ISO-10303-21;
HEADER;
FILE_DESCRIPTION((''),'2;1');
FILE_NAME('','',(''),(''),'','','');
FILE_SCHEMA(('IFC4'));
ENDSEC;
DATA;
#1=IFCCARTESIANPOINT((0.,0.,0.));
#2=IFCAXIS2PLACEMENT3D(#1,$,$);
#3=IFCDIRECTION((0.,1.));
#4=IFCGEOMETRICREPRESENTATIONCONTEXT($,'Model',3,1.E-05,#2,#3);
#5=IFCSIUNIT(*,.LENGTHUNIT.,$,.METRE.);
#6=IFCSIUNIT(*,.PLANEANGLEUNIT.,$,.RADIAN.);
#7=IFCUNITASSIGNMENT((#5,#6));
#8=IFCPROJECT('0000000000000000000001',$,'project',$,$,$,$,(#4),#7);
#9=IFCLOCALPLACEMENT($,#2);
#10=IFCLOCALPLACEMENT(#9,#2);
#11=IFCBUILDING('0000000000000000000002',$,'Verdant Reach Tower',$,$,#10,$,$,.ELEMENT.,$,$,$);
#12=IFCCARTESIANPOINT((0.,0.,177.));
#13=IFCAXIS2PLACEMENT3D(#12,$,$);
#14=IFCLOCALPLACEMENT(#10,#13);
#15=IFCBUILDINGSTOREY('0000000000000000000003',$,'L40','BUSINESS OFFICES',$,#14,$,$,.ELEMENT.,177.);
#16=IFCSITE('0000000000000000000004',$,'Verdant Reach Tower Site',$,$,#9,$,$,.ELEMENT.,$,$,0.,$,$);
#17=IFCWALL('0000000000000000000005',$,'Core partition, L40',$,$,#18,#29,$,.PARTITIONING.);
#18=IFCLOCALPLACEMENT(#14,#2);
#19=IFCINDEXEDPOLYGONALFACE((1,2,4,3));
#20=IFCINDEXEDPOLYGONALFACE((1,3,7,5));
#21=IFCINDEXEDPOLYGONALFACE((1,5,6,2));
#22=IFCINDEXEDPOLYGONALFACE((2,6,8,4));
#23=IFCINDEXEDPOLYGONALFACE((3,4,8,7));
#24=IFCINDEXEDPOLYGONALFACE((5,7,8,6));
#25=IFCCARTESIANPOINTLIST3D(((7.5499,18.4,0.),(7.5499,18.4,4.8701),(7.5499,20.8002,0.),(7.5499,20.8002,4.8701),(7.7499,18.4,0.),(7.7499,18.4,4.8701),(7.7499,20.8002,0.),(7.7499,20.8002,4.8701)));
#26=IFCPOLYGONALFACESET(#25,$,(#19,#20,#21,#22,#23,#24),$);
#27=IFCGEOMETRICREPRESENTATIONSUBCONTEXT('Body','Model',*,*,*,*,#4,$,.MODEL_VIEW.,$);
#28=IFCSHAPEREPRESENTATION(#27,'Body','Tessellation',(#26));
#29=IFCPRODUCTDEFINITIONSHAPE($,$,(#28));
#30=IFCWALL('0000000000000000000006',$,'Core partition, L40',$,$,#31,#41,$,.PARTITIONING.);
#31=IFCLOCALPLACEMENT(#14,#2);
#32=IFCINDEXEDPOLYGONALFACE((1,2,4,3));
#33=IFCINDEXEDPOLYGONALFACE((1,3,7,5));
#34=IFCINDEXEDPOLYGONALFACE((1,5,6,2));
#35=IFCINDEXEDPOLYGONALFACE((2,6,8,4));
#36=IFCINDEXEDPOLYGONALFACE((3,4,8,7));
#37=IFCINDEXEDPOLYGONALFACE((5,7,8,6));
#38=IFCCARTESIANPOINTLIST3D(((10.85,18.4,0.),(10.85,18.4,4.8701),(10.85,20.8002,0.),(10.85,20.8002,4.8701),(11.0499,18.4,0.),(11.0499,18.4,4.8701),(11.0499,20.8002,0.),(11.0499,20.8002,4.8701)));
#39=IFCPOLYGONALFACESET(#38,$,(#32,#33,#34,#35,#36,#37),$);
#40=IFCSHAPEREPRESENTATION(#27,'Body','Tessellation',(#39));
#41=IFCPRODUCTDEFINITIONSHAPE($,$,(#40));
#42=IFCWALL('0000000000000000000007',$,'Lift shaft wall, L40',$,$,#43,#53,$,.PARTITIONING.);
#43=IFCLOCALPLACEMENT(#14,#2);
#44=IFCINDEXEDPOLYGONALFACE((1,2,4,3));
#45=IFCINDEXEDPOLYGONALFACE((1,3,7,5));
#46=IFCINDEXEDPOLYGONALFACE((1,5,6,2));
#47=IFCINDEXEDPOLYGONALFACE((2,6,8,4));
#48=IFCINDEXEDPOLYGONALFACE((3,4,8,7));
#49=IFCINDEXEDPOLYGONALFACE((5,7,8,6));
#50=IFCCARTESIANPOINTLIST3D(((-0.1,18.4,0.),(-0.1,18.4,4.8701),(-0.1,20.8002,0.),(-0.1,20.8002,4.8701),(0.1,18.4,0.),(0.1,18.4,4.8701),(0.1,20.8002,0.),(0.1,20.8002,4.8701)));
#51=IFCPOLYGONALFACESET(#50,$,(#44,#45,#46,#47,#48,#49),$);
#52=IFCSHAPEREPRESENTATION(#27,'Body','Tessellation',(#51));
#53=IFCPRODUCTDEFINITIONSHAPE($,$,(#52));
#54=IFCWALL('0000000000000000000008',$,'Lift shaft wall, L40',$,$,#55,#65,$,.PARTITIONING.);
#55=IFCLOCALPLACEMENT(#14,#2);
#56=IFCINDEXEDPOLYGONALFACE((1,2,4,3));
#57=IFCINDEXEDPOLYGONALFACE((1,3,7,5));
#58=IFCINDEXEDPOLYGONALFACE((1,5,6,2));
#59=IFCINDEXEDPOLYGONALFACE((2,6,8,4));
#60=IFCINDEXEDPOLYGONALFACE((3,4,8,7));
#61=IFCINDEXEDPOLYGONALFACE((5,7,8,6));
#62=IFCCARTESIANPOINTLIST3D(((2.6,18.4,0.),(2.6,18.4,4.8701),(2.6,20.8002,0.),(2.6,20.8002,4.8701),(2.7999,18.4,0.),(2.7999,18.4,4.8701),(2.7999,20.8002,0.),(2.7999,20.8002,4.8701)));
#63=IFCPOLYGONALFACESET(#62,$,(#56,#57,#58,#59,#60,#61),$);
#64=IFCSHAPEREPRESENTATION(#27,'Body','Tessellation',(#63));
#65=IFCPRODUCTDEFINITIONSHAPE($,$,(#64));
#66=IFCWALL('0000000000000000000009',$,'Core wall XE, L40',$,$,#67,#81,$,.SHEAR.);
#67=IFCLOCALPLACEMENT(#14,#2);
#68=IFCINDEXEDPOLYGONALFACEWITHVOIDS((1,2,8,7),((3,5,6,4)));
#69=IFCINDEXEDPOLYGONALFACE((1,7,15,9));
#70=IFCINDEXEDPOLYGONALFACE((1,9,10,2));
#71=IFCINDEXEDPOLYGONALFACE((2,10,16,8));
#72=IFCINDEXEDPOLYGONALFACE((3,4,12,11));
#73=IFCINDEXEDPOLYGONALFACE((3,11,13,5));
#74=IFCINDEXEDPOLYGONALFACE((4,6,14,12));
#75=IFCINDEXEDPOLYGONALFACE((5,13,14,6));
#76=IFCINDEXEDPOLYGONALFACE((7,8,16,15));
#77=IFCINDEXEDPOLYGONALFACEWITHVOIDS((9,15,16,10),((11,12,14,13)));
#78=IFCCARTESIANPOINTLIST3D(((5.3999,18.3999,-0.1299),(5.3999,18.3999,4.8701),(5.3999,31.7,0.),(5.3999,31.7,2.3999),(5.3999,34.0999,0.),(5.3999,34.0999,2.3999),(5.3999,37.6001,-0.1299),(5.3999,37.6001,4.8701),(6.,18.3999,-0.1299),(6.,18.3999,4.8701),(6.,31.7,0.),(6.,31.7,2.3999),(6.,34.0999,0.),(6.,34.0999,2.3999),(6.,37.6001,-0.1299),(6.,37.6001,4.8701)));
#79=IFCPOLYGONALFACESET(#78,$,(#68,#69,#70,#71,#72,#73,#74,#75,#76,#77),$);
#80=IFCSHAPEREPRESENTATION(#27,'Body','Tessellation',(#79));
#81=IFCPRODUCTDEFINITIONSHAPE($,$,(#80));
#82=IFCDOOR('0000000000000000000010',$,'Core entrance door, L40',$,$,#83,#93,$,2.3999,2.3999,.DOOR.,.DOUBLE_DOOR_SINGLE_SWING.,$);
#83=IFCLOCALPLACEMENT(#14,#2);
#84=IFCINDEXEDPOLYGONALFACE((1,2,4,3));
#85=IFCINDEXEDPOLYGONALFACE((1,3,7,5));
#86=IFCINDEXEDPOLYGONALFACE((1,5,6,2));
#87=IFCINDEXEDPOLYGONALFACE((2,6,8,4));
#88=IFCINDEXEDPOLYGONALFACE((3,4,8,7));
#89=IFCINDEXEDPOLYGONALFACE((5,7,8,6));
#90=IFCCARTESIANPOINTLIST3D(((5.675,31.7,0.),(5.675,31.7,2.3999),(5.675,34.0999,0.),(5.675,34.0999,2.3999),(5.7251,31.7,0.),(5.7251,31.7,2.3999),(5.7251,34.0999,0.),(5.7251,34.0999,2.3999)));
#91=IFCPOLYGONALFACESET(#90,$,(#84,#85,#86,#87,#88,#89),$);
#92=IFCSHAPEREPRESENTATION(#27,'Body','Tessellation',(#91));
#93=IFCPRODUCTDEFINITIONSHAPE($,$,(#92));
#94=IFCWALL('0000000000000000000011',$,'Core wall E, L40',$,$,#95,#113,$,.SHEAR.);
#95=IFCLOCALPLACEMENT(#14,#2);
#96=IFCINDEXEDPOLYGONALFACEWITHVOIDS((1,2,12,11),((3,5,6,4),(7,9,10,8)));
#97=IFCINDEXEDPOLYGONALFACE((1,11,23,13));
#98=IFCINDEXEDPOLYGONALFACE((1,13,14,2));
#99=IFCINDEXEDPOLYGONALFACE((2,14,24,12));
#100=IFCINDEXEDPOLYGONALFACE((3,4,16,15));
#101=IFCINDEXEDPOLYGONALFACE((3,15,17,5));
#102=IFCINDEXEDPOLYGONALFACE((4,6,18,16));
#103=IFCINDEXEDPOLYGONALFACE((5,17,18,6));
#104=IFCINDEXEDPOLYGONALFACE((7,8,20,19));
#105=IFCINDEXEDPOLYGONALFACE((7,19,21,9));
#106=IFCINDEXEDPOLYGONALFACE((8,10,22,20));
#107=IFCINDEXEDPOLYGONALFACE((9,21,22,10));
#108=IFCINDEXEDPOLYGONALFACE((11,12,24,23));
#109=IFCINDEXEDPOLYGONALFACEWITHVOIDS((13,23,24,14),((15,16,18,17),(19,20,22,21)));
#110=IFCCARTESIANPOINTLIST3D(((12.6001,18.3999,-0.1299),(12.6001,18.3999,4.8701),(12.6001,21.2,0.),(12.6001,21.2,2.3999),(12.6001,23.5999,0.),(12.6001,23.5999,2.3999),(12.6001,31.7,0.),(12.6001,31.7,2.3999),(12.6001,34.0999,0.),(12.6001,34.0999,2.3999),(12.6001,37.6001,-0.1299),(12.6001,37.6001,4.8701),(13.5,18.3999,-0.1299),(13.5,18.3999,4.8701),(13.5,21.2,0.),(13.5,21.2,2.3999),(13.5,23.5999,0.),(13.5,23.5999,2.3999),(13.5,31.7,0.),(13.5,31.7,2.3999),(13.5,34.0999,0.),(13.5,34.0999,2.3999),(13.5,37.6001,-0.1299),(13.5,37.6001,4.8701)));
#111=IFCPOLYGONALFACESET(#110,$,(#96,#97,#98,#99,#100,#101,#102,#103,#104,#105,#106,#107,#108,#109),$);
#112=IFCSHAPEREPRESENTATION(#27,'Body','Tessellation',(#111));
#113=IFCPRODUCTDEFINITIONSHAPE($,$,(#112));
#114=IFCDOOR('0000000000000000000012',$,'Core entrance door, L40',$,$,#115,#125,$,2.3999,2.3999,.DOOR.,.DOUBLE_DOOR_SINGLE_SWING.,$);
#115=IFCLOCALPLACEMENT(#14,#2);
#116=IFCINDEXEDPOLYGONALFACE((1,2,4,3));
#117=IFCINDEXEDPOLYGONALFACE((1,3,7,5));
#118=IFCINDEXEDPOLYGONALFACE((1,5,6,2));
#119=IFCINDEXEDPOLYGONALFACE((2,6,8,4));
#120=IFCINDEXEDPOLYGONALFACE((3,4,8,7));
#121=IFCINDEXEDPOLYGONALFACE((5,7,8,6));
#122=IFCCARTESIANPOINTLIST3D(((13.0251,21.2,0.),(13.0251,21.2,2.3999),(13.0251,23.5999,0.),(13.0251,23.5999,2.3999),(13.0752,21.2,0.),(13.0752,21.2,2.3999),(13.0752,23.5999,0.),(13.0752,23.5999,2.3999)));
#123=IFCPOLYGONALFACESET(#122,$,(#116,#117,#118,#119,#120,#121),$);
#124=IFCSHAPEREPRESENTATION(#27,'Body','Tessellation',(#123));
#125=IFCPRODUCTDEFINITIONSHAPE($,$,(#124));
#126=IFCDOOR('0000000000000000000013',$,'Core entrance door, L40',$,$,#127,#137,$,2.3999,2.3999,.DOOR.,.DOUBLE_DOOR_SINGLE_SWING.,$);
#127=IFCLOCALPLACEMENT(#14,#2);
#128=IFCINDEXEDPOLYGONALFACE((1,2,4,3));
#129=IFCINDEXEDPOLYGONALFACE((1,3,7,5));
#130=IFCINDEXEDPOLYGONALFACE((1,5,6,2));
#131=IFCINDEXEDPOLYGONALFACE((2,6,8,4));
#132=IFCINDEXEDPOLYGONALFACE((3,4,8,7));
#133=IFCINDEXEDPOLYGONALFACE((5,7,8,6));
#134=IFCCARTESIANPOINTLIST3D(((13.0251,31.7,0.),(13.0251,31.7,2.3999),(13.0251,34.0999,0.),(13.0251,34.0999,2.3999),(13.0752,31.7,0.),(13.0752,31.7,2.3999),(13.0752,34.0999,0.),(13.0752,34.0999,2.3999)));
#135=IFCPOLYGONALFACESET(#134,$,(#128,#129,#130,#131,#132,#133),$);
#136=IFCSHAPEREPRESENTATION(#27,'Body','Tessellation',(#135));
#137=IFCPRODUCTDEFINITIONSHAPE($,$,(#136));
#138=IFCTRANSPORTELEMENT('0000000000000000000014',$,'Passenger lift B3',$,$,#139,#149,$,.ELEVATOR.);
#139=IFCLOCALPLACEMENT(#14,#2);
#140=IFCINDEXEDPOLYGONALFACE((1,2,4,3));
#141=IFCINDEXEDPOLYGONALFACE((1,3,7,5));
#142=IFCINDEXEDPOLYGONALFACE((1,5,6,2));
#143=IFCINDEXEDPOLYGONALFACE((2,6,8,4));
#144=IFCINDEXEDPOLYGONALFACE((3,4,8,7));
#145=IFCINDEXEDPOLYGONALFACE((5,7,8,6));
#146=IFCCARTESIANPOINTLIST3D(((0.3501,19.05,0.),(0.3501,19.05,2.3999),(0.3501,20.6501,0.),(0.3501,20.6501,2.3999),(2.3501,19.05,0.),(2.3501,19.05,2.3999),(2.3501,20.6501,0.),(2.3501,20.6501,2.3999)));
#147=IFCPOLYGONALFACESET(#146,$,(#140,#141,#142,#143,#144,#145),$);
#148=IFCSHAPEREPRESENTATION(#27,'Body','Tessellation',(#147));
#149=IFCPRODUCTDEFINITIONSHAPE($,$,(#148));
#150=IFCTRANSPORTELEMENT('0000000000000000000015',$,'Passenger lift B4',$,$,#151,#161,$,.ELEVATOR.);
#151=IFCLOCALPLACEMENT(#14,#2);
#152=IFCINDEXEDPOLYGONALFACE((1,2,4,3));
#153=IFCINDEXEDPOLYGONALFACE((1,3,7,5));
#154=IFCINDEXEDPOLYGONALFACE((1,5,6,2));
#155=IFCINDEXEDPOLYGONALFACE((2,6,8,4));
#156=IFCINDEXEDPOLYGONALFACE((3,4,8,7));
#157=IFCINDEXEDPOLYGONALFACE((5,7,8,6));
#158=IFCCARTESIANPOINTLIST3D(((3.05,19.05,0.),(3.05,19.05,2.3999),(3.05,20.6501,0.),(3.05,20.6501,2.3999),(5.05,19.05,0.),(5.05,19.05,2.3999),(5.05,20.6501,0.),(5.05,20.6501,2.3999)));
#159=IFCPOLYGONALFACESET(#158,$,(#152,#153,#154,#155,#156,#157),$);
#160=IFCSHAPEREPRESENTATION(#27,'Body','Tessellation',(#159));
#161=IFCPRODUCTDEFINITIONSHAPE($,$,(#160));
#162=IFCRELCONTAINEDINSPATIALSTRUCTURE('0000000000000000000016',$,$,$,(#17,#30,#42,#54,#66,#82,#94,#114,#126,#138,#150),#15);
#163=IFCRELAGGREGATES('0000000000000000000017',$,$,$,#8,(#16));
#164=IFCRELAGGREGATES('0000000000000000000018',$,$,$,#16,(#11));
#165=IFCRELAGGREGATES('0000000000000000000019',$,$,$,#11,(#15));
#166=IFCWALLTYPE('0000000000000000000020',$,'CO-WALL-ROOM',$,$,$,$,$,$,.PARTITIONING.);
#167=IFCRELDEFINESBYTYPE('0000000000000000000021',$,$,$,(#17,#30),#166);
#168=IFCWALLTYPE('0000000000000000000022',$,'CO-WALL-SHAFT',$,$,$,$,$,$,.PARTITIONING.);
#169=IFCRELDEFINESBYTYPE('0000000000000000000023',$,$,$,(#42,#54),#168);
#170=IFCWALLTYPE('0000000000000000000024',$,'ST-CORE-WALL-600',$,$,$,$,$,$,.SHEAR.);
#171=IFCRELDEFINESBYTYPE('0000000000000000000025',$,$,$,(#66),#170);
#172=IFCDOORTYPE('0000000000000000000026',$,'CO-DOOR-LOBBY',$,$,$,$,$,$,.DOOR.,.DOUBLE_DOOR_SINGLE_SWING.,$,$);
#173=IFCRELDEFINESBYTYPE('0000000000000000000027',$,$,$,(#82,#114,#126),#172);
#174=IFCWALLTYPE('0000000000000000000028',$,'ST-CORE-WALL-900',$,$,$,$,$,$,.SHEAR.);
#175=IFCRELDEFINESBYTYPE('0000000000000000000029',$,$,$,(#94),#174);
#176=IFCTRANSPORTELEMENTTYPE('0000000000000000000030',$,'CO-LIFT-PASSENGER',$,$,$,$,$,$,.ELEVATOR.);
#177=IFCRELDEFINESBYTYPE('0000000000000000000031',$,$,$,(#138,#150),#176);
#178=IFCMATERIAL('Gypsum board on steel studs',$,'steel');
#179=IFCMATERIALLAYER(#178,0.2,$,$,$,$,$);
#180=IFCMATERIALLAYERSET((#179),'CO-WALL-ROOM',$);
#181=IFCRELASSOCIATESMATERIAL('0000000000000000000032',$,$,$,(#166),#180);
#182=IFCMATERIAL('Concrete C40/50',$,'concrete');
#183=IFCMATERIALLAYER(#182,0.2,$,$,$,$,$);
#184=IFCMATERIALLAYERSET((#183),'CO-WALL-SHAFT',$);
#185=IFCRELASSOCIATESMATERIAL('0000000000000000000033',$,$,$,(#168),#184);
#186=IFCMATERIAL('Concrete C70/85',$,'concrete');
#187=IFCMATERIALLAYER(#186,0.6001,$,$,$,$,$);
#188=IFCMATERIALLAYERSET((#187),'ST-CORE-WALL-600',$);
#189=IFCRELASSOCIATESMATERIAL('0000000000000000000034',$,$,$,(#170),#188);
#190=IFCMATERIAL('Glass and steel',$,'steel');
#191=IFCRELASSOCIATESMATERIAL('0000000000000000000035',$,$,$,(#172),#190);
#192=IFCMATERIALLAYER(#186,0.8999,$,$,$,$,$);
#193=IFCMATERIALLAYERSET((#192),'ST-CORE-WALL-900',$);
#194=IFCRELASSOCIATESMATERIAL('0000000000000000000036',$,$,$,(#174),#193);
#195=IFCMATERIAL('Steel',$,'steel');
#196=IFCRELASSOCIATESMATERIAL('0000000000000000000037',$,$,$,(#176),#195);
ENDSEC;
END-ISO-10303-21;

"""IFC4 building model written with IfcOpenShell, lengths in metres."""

from ifc_helpers import new_model, si_unit, direction, frame, frame_2d, origin, origin_2d, place, context, subcontext, project, spatial, rectangle, extrude, material, layer, layer_set, type_object, element, fill, save


model = new_model("IFC4")

# Units and contexts
model_context = context("Model", 3, precision=1e-05, world=origin(), true_north=direction((0.0, 1.0)))
body_context = subcontext(model_context, "Body", "Model", "MODEL_VIEW")
ifc_project = project(units=[si_unit("LENGTHUNIT", "METRE"), si_unit("PLANEANGLEUNIT", "RADIAN")], contexts=[model_context])

# Site, building, storey
site_placement = place(None, origin())
site = spatial("IfcSite", under=ifc_project, at=site_placement, Name="Verdant Reach Tower Site", CompositionType="ELEMENT", RefElevation=0.0)
building_placement = place(site_placement, origin())
building = spatial("IfcBuilding", under=site, at=building_placement, Name="Verdant Reach Tower", CompositionType="ELEMENT")
storey_placement = place(building_placement, frame((0.0, 0.0, 177.0)))
storey = spatial("IfcBuildingStorey", under=building, at=storey_placement, Name="L40", Description="BUSINESS OFFICES", CompositionType="ELEMENT", Elevation=177.0)

# Walls
ifc_material_1 = material(Name="Gypsum board on steel studs", Category="steel")
ifc_layer_1 = layer(ifc_material_1, 0.2)
ifc_layer_set_1 = layer_set([ifc_layer_1], Name="CO-WALL-ROOM")
wall_type_1 = type_object("IfcWallType", Name="CO-WALL-ROOM", PredefinedType="PARTITIONING", material=ifc_layer_set_1)
for number, where, z_axis, x_axis, name in (
    (1, (7.6499, 18.3999, 0.0), (0.0, 0.0, 1.0), (0.0, 1.0, 0.0), "Core partition, L40"),
    (2, (10.95, 18.3999, 0.0), (0.0, 0.0, 1.0), (0.0, 1.0, 0.0), "Core partition, L40"),
):
    element("IfcWall", number, at=place(storey_placement, frame(where, z_axis=z_axis, x_axis=x_axis)), inside=storey, type_object=wall_type_1, Name=name, PredefinedType="PARTITIONING", context=body_context, shape_type="SweptSolid", body=[
        extrude(rectangle(XDim=2.4001, YDim=0.2, at=frame_2d((1.2002, 0.0))), origin(), (0.0, 0.0, 1.0), 4.8701),
    ])
ifc_material_2 = material(Name="Concrete C40/50", Category="concrete")
ifc_layer_2 = layer(ifc_material_2, 0.2)
ifc_layer_set_2 = layer_set([ifc_layer_2], Name="CO-WALL-SHAFT")
wall_type_2 = type_object("IfcWallType", Name="CO-WALL-SHAFT", PredefinedType="PARTITIONING", material=ifc_layer_set_2)
for number, where, z_axis, x_axis, name in (
    (3, (0.0, 18.3999, 0.0), (0.0, 0.0, 1.0), (0.0, 1.0, 0.0), "Lift shaft wall, L40"),
    (4, (2.7, 18.3999, 0.0), (0.0, 0.0, 1.0), (0.0, 1.0, 0.0), "Lift shaft wall, L40"),
):
    element("IfcWall", number, at=place(storey_placement, frame(where, z_axis=z_axis, x_axis=x_axis)), inside=storey, type_object=wall_type_2, Name=name, PredefinedType="PARTITIONING", context=body_context, shape_type="SweptSolid", body=[
        extrude(rectangle(XDim=2.4001, YDim=0.2, at=frame_2d((1.2002, 0.0))), origin(), (0.0, 0.0, 1.0), 4.8701),
    ])

# Wall, opening, door
ifc_material_3 = material(Name="Concrete C70/85", Category="concrete")
ifc_layer_3 = layer(ifc_material_3, 0.6001)
ifc_layer_set_3 = layer_set([ifc_layer_3], Name="ST-CORE-WALL-600")
wall_type_3 = type_object("IfcWallType", Name="ST-CORE-WALL-600", PredefinedType="SHEAR", material=ifc_layer_set_3)
wall_1_placement = place(storey_placement, frame((5.7, 18.3999, -0.1299), z_axis=(0.0, 0.0, 1.0), x_axis=(0.0, 1.0, 0.0)))
wall_1 = element("IfcWall", 5, at=wall_1_placement, inside=storey, type_object=wall_type_3, Name="Core wall XE, L40", PredefinedType="SHEAR", context=body_context, shape_type="SweptSolid", body=[
    extrude(rectangle(XDim=19.2002, YDim=0.6001, at=frame_2d((9.6001, 0.0))), origin(), (0.0, 0.0, 1.0), 5.0),
])
opening_1_placement = place(wall_1_placement, frame((13.3, 0.0, 0.1299)))
opening_1 = element("IfcOpeningElement", 6, at=opening_1_placement, cuts=wall_1, PredefinedType="OPENING", context=body_context, shape_type="SweptSolid", body=[
    extrude(rectangle(XDim=2.3999, YDim=2.3999, at=frame_2d((1.2, 1.2))), frame((0.0, 0.3101, 0.0), z_axis=(0.0, -1.0, 0.0), x_axis=(1.0, 0.0, 0.0)), (0.0, 0.0, 1.0), 0.6201),
])
ifc_material_4 = material(Name="Glass and steel", Category="steel")
door_type = type_object("IfcDoorType", Name="CO-DOOR-LOBBY", OperationType="DOUBLE_DOOR_SINGLE_SWING", PredefinedType="DOOR", material=ifc_material_4)
door_1_placement = place(opening_1_placement, origin())
door_1 = element("IfcDoor", 7, at=door_1_placement, inside=storey, type_object=door_type, Name="Core entrance door, L40", OperationType="DOUBLE_DOOR_SINGLE_SWING", OverallHeight=2.3999, OverallWidth=2.3999, PredefinedType="DOOR", context=body_context, shape_type="SweptSolid", body=[
    extrude(rectangle(XDim=2.3999, YDim=2.3999, at=frame_2d((1.2, 1.2))), frame((0.0, 0.0249, 0.0), z_axis=(0.0, -1.0, 0.0), x_axis=(1.0, 0.0, 0.0)), (0.0, 0.0, 1.0), 0.05),
])
fill(opening_1, door_1)

# Wall, openings, doors
ifc_layer_4 = layer(ifc_material_3, 0.8999)
ifc_layer_set_4 = layer_set([ifc_layer_4], Name="ST-CORE-WALL-900")
wall_type_4 = type_object("IfcWallType", Name="ST-CORE-WALL-900", PredefinedType="SHEAR", material=ifc_layer_set_4)
wall_2_placement = place(storey_placement, frame((13.05, 18.3999, -0.1299), z_axis=(0.0, 0.0, 1.0), x_axis=(0.0, 1.0, 0.0)))
wall_2 = element("IfcWall", 8, at=wall_2_placement, inside=storey, type_object=wall_type_4, Name="Core wall E, L40", PredefinedType="SHEAR", context=body_context, shape_type="SweptSolid", body=[
    extrude(rectangle(XDim=19.2002, YDim=0.8999, at=frame_2d((9.6001, 0.0))), origin(), (0.0, 0.0, 1.0), 5.0),
])
opening_2_placement = place(wall_2_placement, frame((2.8, 0.0, 0.1299)))
opening_2 = element("IfcOpeningElement", 9, at=opening_2_placement, cuts=wall_2, PredefinedType="OPENING", context=body_context, shape_type="SweptSolid", body=[
    extrude(rectangle(XDim=2.3999, YDim=2.3999, at=frame_2d((1.2, 1.2))), frame((0.0, 0.46, 0.0), z_axis=(0.0, -1.0, 0.0), x_axis=(1.0, 0.0, 0.0)), (0.0, 0.0, 1.0), 0.9199),
])
opening_3_placement = place(wall_2_placement, frame((13.3, 0.0, 0.1299)))
opening_3 = element("IfcOpeningElement", 10, at=opening_3_placement, cuts=wall_2, PredefinedType="OPENING", context=body_context, shape_type="SweptSolid", body=[
    extrude(rectangle(XDim=2.3999, YDim=2.3999, at=frame_2d((1.2, 1.2))), frame((0.0, 0.46, 0.0), z_axis=(0.0, -1.0, 0.0), x_axis=(1.0, 0.0, 0.0)), (0.0, 0.0, 1.0), 0.9199),
])
door_2_placement = place(opening_2_placement, origin())
door_2 = element("IfcDoor", 11, at=door_2_placement, inside=storey, type_object=door_type, Name="Core entrance door, L40", OperationType="DOUBLE_DOOR_SINGLE_SWING", OverallHeight=2.3999, OverallWidth=2.3999, PredefinedType="DOOR", context=body_context, shape_type="SweptSolid", body=[
    extrude(rectangle(XDim=2.3999, YDim=2.3999, at=frame_2d((1.2, 1.2))), frame((0.0, 0.0249, 0.0), z_axis=(0.0, -1.0, 0.0), x_axis=(1.0, 0.0, 0.0)), (0.0, 0.0, 1.0), 0.05),
])
fill(opening_2, door_2)
door_3_placement = place(opening_3_placement, origin())
door_3 = element("IfcDoor", 12, at=door_3_placement, inside=storey, type_object=door_type, Name="Core entrance door, L40", OperationType="DOUBLE_DOOR_SINGLE_SWING", OverallHeight=2.3999, OverallWidth=2.3999, PredefinedType="DOOR", context=body_context, shape_type="SweptSolid", body=[
    extrude(rectangle(XDim=2.3999, YDim=2.3999, at=frame_2d((1.2, 1.2))), frame((0.0, 0.0249, 0.0), z_axis=(0.0, -1.0, 0.0), x_axis=(1.0, 0.0, 0.0)), (0.0, 0.0, 1.0), 0.05),
])
fill(opening_3, door_3)

# Transport elements
ifc_material_5 = material(Name="Steel", Category="steel")
transport_element_type = type_object("IfcTransportElementType", Name="CO-LIFT-PASSENGER", PredefinedType="ELEVATOR", material=ifc_material_5)
for number, where, z_axis, x_axis, name in (
    (13, (1.3501, 19.8501, 0.0), (0.0, 0.0, 1.0), (1.0, 0.0, 0.0), "Passenger lift B3"),
    (14, (4.05, 19.8501, 0.0), (0.0, 0.0, 1.0), (1.0, 0.0, 0.0), "Passenger lift B4"),
):
    element("IfcTransportElement", number, at=place(storey_placement, frame(where, z_axis=z_axis, x_axis=x_axis)), inside=storey, type_object=transport_element_type, Name=name, PredefinedType="ELEVATOR", context=body_context, shape_type="SweptSolid", body=[
        extrude(rectangle(XDim=2.0, YDim=1.6001, at=origin_2d()), origin(), (0.0, 0.0, 1.0), 2.3999),
    ])

save(model, "model.ifc")
